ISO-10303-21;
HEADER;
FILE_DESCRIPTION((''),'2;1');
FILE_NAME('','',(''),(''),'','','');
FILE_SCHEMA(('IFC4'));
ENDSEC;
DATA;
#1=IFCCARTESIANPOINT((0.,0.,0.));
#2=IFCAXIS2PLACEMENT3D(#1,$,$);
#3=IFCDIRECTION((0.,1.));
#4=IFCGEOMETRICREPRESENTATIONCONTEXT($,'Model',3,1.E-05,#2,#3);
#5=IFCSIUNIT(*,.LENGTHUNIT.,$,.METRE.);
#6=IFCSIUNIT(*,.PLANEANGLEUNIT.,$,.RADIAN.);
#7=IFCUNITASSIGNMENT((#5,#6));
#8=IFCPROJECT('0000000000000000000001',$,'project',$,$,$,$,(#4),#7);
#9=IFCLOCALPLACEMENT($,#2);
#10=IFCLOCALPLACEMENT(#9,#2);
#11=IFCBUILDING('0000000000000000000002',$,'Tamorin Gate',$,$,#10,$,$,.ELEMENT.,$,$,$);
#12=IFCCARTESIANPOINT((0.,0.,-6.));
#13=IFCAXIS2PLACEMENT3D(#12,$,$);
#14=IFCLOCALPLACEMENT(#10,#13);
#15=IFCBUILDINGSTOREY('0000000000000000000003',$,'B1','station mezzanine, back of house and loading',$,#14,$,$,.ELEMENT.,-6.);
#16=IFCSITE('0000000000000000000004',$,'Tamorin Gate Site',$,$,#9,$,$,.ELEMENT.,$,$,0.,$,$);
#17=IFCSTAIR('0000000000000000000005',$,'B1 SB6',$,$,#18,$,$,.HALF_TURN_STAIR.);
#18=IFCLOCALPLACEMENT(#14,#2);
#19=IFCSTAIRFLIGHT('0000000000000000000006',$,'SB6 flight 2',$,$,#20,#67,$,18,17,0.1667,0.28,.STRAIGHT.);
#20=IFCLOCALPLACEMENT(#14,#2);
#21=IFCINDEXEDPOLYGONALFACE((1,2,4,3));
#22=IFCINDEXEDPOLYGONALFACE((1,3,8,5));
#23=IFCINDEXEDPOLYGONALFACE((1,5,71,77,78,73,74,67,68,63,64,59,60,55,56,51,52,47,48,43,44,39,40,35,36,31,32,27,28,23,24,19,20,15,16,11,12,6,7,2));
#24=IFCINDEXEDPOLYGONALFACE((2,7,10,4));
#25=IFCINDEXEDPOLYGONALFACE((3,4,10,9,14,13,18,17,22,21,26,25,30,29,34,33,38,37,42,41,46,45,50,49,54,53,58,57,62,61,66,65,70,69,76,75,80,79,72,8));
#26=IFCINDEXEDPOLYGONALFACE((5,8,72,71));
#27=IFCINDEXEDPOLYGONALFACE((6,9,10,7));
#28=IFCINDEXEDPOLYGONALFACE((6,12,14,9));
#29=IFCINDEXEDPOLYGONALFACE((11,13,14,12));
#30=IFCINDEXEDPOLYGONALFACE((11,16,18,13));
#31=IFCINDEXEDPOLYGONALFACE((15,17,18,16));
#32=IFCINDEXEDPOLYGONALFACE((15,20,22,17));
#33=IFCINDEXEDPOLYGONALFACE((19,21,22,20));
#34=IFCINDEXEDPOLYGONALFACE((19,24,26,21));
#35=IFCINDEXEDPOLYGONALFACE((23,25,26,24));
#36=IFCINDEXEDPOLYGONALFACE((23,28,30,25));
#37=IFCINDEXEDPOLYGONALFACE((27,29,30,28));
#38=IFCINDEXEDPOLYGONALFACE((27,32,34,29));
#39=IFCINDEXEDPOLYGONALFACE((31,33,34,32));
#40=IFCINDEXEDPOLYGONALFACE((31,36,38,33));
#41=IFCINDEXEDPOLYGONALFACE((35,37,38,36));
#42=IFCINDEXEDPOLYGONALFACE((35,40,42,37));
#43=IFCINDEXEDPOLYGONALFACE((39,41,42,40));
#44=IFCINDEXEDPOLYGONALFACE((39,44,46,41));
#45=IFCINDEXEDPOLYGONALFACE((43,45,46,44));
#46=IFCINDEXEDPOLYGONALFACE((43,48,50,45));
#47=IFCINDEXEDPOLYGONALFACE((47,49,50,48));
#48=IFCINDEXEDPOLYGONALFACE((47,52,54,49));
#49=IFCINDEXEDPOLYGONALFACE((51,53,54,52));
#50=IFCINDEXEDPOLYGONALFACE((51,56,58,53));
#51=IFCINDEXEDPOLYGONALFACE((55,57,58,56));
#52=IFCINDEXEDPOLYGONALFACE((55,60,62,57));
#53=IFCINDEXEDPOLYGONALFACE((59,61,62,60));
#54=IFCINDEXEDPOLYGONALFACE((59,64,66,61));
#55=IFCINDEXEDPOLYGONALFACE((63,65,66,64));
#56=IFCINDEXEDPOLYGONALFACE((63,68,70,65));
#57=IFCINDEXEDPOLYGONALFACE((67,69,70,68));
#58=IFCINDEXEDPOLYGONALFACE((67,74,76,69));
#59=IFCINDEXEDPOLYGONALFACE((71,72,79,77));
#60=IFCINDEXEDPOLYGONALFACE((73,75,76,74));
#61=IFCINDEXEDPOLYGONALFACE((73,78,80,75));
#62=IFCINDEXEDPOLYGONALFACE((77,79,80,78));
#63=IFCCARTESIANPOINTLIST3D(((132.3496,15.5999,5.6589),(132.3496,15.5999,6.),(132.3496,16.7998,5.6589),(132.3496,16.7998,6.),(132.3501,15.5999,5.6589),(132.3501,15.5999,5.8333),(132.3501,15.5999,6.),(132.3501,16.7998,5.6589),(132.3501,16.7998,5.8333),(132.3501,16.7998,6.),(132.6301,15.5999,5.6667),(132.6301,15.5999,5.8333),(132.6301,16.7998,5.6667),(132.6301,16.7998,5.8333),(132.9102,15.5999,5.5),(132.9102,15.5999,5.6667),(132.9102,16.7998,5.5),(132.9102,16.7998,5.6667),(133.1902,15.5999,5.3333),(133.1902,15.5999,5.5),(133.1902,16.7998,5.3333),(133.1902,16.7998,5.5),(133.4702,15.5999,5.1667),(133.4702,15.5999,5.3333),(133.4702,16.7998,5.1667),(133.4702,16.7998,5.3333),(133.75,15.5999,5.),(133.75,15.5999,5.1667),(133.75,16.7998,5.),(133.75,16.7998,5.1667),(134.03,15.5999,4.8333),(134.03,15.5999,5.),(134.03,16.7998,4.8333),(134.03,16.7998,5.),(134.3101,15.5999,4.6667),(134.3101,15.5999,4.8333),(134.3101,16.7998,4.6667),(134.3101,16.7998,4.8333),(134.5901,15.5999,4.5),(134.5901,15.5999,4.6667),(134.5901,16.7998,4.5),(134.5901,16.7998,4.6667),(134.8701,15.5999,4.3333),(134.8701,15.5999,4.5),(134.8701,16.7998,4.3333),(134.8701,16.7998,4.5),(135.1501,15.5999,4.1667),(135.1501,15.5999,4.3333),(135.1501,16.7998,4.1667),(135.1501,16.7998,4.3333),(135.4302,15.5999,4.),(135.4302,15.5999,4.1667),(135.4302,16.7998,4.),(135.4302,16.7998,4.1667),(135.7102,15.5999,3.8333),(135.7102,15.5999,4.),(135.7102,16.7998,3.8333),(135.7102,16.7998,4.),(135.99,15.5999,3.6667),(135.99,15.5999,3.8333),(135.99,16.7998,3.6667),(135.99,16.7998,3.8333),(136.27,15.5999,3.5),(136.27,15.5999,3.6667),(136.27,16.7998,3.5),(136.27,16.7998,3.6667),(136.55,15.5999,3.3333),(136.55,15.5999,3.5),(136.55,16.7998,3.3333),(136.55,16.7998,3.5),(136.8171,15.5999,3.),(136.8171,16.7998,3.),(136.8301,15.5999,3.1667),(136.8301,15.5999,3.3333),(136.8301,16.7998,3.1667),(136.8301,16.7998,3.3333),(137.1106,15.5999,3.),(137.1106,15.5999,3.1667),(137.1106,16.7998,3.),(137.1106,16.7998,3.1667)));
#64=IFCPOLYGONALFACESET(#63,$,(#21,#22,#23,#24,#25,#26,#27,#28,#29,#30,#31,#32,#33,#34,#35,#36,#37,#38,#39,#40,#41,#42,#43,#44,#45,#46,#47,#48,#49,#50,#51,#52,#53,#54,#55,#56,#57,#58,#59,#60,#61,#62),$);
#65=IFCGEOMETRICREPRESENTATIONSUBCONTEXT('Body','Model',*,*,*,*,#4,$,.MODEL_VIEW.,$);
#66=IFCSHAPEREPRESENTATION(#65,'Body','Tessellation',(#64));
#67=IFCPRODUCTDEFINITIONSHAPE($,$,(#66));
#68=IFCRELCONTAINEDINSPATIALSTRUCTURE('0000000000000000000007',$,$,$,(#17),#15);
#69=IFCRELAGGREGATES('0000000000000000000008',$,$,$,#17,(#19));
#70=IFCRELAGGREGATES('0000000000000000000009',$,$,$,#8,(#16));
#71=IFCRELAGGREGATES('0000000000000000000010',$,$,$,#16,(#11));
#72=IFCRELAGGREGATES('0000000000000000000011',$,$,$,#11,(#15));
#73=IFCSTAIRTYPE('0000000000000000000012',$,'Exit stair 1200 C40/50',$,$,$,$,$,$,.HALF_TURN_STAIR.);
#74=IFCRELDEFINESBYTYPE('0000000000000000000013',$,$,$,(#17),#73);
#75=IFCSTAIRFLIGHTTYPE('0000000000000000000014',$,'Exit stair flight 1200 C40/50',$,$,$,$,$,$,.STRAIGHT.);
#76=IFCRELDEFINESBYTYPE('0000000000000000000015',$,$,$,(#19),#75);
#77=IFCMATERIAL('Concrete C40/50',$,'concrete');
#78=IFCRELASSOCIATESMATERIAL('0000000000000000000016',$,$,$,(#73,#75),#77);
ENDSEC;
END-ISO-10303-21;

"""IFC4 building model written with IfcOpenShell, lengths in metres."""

from ifc_helpers import new_model, si_unit, direction, frame, origin, place, context, subcontext, project, spatial, polyline, outline, extrude, material, type_object, element, aggregate, save


model = new_model("IFC4")

# Units and contexts
model_context = context("Model", 3, precision=1e-05, world=origin(), true_north=direction((0.0, 1.0)))
body_context = subcontext(model_context, "Body", "Model", "MODEL_VIEW")
ifc_project = project(units=[si_unit("LENGTHUNIT", "METRE"), si_unit("PLANEANGLEUNIT", "RADIAN")], contexts=[model_context])

# Site, building, storey
site_placement = place(None, origin())
site = spatial("IfcSite", under=ifc_project, at=site_placement, Name="Tamorin Gate Site", CompositionType="ELEMENT", RefElevation=0.0)
building_placement = place(site_placement, origin())
building = spatial("IfcBuilding", under=site, at=building_placement, Name="Tamorin Gate", CompositionType="ELEMENT")
storey_placement = place(building_placement, frame((0.0, 0.0, -6.0)))
storey = spatial("IfcBuildingStorey", under=building, at=storey_placement, Name="B1", Description="station mezzanine, back of house and loading", CompositionType="ELEMENT", Elevation=-6.0)

# Shared definitions
ifc_material_1 = material(Name="Concrete C40/50", Category="concrete")

# Stair, stair flight
stair_type = type_object("IfcStairType", Name="Exit stair 1200 C40/50", PredefinedType="HALF_TURN_STAIR", material=ifc_material_1)
stair_placement = place(storey_placement, origin())
stair = element("IfcStair", 1, at=stair_placement, inside=storey, type_object=stair_type, Name="B1 SB6", PredefinedType="HALF_TURN_STAIR")
stair_flight_type = type_object("IfcStairFlightType", Name="Exit stair flight 1200 C40/50", PredefinedType="STRAIGHT", material=ifc_material_1)
stair_flight_1_placement = place(storey_placement, frame((137.1101, 16.2, 3.0), z_axis=(0.0, 0.0, 1.0), x_axis=(-1.0, 0.0, 0.0)))
stair_flight_1 = element("IfcStairFlight", 2, at=stair_flight_1_placement, type_object=stair_flight_type, Name="SB6 flight 2", NumberOfRisers=18, NumberOfTreads=17, PredefinedType="STRAIGHT", RiserHeight=0.1667, TreadLength=0.28, context=body_context, shape_type="SweptSolid", body=[
    extrude(outline(polyline([(-0.0005, 0.0), (-0.0005, 0.1667), (0.28, 0.1667), (0.28, 0.3333), (0.5601, 0.3333), (0.5601, 0.5), (0.8401, 0.5), (0.8401, 0.6667), (1.1201, 0.6667), (1.1201, 0.8333), (1.3999, 0.8333), (1.3999, 1.0), (1.6799, 1.0), (1.6799, 1.1667), (1.96, 1.1667), (1.96, 1.3333), (2.24, 1.3333), (2.24, 1.5), (2.52, 1.5), (2.52, 1.6667), (2.8, 1.6667), (2.8, 1.8333), (3.0801, 1.8333), (3.0801, 2.0), (3.3601, 2.0), (3.3601, 2.1667), (3.6399, 2.1667), (3.6399, 2.3333), (3.9199, 2.3333), (3.9199, 2.5), (4.2, 2.5), (4.2, 2.6667), (4.48, 2.6667), (4.48, 2.8333), (4.76, 2.8333), (4.76, 3.0), (4.7605, 3.0), (4.7605, 2.6589), (4.76, 2.6589), (0.293, 0.0), (-0.0005, 0.0)])), frame((0.0, 0.6001, 0.0), z_axis=(0.0, -1.0, 0.0), x_axis=(1.0, 0.0, 0.0)), (0.0, 0.0, 1.0), 1.2),
])
aggregate(stair, [stair_flight_1])

save(model, "model.ifc")
